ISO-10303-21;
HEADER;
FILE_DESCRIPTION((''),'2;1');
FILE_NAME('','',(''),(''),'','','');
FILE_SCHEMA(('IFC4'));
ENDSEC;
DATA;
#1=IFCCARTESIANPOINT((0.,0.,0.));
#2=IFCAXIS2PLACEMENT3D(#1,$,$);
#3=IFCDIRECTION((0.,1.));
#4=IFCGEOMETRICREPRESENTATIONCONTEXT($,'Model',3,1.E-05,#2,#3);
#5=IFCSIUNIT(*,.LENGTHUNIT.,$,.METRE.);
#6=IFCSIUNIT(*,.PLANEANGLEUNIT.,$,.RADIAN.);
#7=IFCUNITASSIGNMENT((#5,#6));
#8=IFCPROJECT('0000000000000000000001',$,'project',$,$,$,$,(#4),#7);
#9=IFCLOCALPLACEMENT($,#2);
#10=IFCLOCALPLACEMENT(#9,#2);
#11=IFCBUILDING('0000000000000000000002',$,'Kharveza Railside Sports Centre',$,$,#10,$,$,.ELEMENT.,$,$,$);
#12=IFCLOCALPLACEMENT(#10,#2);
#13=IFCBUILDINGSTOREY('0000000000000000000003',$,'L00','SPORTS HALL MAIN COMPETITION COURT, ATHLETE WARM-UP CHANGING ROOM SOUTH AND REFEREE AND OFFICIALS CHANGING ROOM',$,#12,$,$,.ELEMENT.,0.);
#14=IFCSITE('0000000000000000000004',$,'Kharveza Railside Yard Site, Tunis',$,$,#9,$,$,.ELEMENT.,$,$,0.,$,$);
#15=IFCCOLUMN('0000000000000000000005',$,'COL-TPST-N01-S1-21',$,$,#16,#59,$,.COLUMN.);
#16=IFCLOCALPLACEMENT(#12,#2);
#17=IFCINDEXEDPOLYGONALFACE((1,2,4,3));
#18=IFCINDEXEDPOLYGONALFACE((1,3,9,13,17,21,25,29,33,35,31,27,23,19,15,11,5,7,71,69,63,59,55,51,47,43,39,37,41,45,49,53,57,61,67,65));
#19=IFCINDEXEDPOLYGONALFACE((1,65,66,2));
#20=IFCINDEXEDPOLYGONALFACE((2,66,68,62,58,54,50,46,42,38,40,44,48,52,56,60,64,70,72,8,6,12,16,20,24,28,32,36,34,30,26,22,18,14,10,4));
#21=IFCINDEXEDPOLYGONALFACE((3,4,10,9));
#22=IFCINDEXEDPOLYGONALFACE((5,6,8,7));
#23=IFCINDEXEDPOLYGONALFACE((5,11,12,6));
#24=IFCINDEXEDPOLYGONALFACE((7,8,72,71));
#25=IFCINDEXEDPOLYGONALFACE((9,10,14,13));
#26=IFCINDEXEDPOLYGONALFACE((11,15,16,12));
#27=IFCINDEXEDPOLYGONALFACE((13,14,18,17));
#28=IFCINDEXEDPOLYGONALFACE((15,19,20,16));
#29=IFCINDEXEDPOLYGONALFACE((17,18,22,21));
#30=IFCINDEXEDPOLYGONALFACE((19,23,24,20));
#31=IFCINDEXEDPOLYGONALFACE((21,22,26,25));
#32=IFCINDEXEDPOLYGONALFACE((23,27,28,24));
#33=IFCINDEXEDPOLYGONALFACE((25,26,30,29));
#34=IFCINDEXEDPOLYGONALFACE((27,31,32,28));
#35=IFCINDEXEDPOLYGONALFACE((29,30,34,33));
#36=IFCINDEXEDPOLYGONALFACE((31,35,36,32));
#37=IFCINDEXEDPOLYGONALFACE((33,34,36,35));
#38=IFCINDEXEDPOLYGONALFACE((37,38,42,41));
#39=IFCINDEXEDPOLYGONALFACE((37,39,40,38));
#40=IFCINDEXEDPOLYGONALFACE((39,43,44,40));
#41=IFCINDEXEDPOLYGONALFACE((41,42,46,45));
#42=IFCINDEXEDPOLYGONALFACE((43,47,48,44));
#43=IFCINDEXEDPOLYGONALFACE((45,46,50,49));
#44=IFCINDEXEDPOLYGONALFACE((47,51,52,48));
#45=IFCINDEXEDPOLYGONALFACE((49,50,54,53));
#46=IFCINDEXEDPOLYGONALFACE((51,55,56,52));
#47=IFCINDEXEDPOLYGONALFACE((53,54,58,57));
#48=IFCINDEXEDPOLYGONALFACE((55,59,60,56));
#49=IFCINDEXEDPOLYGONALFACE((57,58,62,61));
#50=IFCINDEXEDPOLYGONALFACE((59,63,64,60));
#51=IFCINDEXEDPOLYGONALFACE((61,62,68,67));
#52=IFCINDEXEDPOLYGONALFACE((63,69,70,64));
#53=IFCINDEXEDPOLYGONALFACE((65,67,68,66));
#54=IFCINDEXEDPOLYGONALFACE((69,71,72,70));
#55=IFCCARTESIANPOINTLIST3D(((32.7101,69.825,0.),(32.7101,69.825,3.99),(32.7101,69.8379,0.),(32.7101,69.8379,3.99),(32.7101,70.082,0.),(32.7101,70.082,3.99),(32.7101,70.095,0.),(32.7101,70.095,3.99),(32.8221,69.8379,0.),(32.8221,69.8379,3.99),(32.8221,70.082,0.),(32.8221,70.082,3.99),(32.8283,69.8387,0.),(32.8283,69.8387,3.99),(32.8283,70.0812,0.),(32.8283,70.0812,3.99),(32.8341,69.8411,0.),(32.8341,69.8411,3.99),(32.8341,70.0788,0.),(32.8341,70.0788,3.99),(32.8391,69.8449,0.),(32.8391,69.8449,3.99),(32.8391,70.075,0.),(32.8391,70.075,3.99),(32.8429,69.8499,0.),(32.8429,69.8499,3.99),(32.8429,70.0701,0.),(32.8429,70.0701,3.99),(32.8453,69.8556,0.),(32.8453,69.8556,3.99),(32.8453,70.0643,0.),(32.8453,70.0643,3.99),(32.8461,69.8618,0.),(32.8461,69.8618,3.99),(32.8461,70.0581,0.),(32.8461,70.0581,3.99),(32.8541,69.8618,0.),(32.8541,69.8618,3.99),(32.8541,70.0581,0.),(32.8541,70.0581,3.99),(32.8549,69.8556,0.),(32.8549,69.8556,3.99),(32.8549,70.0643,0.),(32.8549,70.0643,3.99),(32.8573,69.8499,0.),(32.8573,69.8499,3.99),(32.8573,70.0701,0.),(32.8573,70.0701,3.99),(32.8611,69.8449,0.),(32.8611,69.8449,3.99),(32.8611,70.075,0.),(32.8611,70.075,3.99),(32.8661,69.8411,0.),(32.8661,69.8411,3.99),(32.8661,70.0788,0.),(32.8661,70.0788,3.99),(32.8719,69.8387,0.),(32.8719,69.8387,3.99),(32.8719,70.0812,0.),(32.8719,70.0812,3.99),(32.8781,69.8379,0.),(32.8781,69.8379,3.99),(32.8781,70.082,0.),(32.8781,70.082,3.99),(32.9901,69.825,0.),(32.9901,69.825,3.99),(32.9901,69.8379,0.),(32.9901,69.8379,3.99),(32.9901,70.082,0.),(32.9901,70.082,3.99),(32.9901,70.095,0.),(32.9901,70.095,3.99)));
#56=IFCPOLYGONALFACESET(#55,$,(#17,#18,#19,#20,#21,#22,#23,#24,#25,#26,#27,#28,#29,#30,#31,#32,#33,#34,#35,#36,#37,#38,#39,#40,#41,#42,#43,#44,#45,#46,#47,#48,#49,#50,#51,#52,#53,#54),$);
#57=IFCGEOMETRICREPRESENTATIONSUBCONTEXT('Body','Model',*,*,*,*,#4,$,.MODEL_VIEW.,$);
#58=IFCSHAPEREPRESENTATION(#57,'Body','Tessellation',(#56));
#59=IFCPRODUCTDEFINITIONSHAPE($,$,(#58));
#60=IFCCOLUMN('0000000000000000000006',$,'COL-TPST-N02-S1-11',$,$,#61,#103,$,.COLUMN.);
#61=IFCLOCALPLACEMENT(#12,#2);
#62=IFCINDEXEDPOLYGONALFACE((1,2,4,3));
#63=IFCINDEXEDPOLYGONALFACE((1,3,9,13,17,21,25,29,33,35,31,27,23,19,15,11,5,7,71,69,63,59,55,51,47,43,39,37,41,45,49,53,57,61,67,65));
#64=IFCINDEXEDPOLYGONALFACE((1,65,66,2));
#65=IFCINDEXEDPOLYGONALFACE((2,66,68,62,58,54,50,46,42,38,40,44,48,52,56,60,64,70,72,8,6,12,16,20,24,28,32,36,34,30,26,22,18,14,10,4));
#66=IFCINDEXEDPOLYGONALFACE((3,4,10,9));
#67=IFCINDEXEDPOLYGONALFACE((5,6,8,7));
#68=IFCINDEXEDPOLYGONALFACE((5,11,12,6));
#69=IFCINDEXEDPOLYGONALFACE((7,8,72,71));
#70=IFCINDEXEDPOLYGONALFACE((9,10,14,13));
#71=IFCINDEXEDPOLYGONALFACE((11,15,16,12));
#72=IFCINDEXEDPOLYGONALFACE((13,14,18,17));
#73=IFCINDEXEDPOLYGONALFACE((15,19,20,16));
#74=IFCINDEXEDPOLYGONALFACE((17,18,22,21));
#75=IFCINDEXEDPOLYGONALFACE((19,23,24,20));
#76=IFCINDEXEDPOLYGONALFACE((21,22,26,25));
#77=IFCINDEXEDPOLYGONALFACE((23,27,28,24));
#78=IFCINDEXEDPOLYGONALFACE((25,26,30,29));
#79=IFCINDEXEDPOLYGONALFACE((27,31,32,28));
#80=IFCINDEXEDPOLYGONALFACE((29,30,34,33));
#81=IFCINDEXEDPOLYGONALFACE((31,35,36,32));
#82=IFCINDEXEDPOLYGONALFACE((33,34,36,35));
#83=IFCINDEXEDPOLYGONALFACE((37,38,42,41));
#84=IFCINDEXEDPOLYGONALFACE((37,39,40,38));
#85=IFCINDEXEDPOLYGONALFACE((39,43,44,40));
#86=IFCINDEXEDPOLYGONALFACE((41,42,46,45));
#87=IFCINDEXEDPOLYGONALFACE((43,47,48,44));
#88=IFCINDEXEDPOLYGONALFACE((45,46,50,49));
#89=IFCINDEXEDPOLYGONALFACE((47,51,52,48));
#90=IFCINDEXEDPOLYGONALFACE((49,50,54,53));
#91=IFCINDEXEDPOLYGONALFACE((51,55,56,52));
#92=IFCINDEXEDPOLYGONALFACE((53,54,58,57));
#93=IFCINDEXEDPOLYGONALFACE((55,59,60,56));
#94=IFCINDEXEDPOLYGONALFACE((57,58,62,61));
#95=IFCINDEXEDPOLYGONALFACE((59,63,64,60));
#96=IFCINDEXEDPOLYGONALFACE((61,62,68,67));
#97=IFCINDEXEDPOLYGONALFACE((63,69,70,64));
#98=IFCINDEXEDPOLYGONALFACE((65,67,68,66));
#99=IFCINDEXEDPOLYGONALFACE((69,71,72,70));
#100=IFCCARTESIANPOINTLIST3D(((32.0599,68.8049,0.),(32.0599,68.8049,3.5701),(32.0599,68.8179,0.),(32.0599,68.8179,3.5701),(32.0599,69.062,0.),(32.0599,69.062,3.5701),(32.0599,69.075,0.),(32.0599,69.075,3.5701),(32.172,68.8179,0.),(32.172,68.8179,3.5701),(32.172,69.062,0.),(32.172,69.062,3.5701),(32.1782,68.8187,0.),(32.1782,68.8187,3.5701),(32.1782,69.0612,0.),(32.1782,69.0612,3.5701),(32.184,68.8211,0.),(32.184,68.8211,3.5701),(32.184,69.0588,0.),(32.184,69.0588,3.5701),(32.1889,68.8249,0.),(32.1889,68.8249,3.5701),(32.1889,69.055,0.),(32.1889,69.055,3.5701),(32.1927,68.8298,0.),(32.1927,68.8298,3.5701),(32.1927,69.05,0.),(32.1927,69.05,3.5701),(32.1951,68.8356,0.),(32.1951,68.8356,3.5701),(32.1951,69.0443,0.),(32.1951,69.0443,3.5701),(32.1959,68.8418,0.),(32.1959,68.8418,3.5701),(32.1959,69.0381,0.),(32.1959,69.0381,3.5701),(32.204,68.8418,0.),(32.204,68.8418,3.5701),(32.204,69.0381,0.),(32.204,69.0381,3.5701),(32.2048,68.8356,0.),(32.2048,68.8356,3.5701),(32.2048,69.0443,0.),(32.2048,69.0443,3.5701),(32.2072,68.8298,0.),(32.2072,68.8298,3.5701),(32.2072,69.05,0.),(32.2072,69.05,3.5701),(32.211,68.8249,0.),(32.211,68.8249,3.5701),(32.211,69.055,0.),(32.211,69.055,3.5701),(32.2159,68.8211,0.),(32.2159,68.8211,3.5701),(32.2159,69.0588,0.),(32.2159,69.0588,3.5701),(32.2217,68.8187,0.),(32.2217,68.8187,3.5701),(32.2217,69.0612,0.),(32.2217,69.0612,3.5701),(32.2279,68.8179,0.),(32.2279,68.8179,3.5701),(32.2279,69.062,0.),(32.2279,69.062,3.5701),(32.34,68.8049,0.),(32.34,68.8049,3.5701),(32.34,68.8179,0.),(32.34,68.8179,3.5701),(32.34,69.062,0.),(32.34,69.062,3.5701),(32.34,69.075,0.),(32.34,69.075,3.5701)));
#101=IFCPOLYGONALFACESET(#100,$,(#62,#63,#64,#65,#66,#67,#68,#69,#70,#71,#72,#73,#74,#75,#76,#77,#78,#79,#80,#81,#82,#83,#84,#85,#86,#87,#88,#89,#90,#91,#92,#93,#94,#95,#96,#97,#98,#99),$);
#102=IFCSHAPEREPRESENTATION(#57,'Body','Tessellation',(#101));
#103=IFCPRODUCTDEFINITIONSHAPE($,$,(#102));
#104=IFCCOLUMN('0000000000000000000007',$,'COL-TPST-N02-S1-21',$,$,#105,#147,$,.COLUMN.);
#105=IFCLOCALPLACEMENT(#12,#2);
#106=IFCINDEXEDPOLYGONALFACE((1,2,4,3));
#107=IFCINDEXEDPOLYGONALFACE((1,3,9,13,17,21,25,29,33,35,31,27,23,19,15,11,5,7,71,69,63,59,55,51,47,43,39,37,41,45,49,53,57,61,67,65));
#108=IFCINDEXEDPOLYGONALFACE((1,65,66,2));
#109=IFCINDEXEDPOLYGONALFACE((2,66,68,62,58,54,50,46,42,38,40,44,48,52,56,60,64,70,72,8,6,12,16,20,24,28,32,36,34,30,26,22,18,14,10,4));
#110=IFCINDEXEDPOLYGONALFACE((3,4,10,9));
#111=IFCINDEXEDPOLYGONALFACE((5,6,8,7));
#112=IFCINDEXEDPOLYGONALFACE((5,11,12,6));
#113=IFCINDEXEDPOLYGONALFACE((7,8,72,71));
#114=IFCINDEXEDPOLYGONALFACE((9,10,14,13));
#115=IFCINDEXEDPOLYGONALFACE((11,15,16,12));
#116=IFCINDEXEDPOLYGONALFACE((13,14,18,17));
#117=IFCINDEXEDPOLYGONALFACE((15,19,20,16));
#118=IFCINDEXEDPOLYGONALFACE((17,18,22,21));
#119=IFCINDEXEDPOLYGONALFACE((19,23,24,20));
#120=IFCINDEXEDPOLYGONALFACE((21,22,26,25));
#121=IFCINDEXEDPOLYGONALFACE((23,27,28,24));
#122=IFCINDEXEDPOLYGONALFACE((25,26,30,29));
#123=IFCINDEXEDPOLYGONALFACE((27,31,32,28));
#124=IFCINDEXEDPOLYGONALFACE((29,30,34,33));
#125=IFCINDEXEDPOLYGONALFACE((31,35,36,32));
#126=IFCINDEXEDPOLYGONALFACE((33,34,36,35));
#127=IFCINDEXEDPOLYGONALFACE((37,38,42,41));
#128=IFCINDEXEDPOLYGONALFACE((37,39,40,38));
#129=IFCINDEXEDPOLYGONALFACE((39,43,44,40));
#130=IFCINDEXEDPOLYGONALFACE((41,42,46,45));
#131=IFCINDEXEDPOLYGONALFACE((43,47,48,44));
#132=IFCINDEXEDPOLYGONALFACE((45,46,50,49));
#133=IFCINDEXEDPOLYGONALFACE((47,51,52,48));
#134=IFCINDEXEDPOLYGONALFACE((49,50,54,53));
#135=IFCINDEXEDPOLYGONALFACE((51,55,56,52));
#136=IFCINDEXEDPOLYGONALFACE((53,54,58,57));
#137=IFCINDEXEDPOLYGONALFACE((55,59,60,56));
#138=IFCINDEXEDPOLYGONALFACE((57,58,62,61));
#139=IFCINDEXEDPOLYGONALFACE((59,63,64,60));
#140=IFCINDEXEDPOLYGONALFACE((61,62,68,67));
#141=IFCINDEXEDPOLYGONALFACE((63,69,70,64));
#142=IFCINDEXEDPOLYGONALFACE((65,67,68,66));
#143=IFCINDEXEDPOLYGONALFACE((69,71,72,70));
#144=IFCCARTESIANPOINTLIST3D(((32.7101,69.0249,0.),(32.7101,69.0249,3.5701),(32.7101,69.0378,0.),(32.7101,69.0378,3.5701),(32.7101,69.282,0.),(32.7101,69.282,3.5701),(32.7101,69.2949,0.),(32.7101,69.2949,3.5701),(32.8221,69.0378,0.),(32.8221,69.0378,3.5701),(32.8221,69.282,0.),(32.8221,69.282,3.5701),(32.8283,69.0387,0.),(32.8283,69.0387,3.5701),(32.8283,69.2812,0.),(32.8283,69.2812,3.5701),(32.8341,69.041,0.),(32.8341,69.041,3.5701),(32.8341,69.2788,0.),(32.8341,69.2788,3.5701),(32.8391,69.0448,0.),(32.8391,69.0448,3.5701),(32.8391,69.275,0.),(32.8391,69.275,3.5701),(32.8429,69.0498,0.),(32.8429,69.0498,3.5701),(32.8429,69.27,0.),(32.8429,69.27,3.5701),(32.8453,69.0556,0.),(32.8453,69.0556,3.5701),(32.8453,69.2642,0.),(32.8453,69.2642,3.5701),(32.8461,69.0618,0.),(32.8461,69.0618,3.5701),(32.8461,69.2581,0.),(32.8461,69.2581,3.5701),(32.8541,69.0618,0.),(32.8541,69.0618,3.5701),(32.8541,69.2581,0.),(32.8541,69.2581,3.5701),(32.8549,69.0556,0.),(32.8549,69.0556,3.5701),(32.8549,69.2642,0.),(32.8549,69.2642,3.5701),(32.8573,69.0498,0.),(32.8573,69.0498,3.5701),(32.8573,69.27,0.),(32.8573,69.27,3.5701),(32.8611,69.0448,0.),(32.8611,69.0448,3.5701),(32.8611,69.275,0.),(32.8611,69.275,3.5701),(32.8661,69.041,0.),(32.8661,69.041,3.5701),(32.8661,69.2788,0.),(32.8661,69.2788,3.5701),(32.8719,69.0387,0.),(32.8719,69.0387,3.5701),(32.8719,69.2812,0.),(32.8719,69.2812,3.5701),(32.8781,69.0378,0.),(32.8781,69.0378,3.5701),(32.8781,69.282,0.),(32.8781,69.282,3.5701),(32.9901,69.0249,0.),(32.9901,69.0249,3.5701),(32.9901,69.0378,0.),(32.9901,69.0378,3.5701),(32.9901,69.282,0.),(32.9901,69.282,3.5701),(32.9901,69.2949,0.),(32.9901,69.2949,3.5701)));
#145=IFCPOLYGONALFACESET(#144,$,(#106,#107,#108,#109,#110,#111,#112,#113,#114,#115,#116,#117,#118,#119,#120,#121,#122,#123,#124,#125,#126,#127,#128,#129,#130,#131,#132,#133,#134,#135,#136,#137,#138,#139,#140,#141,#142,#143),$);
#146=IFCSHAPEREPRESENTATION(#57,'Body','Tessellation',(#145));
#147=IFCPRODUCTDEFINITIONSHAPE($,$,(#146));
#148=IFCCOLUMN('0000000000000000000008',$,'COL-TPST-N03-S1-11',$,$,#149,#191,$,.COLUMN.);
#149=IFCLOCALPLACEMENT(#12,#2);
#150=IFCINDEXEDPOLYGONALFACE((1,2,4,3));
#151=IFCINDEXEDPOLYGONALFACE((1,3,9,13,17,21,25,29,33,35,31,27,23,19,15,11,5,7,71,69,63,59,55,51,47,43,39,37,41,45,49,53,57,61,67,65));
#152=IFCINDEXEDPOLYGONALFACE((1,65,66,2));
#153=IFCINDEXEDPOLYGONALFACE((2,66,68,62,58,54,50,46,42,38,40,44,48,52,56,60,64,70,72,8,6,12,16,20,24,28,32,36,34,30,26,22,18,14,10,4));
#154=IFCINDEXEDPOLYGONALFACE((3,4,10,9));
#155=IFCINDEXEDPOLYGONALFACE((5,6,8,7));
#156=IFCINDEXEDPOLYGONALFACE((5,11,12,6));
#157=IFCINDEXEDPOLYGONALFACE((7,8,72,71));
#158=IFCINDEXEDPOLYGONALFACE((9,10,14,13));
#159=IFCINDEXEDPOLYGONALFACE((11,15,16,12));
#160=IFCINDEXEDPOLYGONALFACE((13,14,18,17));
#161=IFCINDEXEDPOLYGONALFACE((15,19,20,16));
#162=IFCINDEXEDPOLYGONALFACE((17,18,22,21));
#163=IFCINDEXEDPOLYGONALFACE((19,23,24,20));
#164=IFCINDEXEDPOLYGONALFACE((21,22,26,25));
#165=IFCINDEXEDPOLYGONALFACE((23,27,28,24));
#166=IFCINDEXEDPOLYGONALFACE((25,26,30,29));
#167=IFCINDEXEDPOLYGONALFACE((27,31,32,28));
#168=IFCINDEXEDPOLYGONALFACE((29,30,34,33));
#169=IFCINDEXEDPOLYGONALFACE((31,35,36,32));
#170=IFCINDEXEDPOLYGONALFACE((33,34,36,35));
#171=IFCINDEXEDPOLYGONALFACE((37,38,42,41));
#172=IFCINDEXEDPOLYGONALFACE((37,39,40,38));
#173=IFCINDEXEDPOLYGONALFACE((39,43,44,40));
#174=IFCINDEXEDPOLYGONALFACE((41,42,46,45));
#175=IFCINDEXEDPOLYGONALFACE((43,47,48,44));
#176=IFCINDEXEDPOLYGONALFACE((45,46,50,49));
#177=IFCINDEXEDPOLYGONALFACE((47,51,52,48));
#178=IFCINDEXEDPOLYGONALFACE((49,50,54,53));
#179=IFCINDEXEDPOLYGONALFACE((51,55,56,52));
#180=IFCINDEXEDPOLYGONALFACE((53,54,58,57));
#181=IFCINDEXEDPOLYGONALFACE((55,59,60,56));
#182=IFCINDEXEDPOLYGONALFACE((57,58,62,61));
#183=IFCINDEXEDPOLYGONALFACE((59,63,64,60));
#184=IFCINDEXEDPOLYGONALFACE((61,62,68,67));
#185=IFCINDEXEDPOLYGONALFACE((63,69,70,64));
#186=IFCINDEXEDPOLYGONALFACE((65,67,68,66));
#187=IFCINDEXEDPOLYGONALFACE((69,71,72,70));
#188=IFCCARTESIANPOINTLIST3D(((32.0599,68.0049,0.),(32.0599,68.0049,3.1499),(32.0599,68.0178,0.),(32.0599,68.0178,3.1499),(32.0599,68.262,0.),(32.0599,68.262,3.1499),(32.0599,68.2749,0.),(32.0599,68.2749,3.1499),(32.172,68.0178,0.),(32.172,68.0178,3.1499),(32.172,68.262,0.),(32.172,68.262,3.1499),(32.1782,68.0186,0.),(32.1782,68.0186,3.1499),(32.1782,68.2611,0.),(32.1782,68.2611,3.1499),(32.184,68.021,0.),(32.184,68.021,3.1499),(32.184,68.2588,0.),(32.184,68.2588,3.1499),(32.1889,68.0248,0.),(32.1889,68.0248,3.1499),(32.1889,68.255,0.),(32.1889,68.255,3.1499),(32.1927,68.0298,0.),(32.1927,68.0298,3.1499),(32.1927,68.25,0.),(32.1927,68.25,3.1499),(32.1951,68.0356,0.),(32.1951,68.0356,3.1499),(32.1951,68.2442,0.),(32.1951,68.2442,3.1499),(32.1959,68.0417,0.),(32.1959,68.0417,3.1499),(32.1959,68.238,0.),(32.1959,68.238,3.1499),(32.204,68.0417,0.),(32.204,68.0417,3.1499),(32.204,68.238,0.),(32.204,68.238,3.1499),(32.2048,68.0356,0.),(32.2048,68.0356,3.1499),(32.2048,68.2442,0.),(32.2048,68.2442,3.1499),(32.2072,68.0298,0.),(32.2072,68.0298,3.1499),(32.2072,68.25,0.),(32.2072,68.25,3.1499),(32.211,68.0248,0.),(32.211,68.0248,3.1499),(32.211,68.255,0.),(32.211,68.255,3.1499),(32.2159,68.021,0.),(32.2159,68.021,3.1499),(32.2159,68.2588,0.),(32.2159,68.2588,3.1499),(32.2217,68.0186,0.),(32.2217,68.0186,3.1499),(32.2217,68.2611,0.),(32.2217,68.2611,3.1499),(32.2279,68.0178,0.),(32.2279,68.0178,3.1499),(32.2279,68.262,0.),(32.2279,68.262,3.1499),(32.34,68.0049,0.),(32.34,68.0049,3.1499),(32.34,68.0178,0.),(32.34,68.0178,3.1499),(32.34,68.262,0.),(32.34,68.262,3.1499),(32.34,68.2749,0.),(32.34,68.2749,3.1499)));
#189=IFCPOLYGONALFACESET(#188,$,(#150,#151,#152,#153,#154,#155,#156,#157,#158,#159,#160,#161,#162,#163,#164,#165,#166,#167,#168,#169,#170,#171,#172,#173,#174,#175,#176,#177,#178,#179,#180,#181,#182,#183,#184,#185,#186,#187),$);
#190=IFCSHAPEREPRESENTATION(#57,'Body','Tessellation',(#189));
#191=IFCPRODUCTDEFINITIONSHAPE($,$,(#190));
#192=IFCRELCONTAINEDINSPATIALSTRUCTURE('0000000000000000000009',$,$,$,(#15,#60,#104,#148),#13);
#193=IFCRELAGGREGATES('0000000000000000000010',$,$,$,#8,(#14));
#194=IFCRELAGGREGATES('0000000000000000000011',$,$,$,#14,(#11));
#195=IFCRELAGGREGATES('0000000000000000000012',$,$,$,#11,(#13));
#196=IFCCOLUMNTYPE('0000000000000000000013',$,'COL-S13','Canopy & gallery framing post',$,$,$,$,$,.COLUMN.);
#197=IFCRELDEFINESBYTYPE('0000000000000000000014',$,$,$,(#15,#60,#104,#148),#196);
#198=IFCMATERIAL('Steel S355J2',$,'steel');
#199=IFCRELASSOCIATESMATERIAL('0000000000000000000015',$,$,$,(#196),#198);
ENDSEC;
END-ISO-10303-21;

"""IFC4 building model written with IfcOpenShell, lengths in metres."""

from ifc_helpers import new_model, si_unit, direction, frame, origin, origin_2d, place, context, subcontext, project, spatial, i_section, extrude, material, material_profile, profile_set, type_object, element, save


model = new_model("IFC4")

# Units and contexts
model_context = context("Model", 3, precision=1e-05, world=origin(), true_north=direction((0.0, 1.0)))
body_context = subcontext(model_context, "Body", "Model", "MODEL_VIEW")
ifc_project = project(units=[si_unit("LENGTHUNIT", "METRE"), si_unit("PLANEANGLEUNIT", "RADIAN")], contexts=[model_context])

# Site, building, storey
site_placement = place(None, origin())
site = spatial("IfcSite", under=ifc_project, at=site_placement, Name="Kharveza Railside Yard Site, Tunis", CompositionType="ELEMENT", RefElevation=0.0)
building_placement = place(site_placement, origin())
building = spatial("IfcBuilding", under=site, at=building_placement, Name="Kharveza Railside Sports Centre", CompositionType="ELEMENT")
storey_placement = place(building_placement, origin())
storey = spatial("IfcBuildingStorey", under=building, at=storey_placement, Name="L00", Description="SPORTS HALL MAIN COMPETITION COURT, ATHLETE WARM-UP CHANGING ROOM SOUTH AND REFEREE AND OFFICIALS CHANGING ROOM", CompositionType="ELEMENT", Elevation=0.0)

# Columns
ifc_material_1 = material(Name="Steel S355J2", Category="steel")
ifc_material_profile_1 = material_profile(ifc_material_1, i_section(OverallWidth=0.28, OverallDepth=0.27, WebThickness=0.0081, FlangeThickness=0.0129, FilletRadius=0.0239, at=origin_2d()), Name="HEA 280")
ifc_profile_set_1 = profile_set([ifc_material_profile_1], Name="Steel S355J2")
column_type_1 = type_object("IfcColumnType", Name="COL-S13", Description="Canopy & gallery framing post", PredefinedType="COLUMN", material=ifc_profile_set_1)
for number, where, z_axis, x_axis, name in (
    (1, (32.8501, 69.96, 0.0), (0.0, 0.0, 1.0), (1.0, 0.0, 0.0), "COL-TPST-N01-S1-21"),
):
    element("IfcColumn", number, at=place(storey_placement, frame(where, z_axis=z_axis, x_axis=x_axis)), inside=storey, type_object=column_type_1, Name=name, PredefinedType="COLUMN", context=body_context, shape_type="SweptSolid", body=[
        extrude(i_section(OverallWidth=0.28, OverallDepth=0.27, WebThickness=0.0081, FlangeThickness=0.0129, FilletRadius=0.0239, at=origin_2d()), origin(), (0.0, 0.0, 1.0), 3.99),
    ])
for number, where, z_axis, x_axis, name in (
    (2, (32.2, 68.9399, 0.0), (0.0, 0.0, 1.0), (1.0, 0.0, 0.0), "COL-TPST-N02-S1-11"),
    (3, (32.8501, 69.1599, 0.0), (0.0, 0.0, 1.0), (1.0, 0.0, 0.0), "COL-TPST-N02-S1-21"),
):
    element("IfcColumn", number, at=place(storey_placement, frame(where, z_axis=z_axis, x_axis=x_axis)), inside=storey, type_object=column_type_1, Name=name, PredefinedType="COLUMN", context=body_context, shape_type="SweptSolid", body=[
        extrude(i_section(OverallWidth=0.28, OverallDepth=0.27, WebThickness=0.0081, FlangeThickness=0.0129, FilletRadius=0.0239, at=origin_2d()), origin(), (0.0, 0.0, 1.0), 3.5701),
    ])
for number, where, z_axis, x_axis, name in (
    (4, (32.2, 68.1399, 0.0), (0.0, 0.0, 1.0), (1.0, 0.0, 0.0), "COL-TPST-N03-S1-11"),
):
    element("IfcColumn", number, at=place(storey_placement, frame(where, z_axis=z_axis, x_axis=x_axis)), inside=storey, type_object=column_type_1, Name=name, PredefinedType="COLUMN", context=body_context, shape_type="SweptSolid", body=[
        extrude(i_section(OverallWidth=0.28, OverallDepth=0.27, WebThickness=0.0081, FlangeThickness=0.0129, FilletRadius=0.0239, at=origin_2d()), origin(), (0.0, 0.0, 1.0), 3.1499),
    ])

save(model, "model.ifc")
